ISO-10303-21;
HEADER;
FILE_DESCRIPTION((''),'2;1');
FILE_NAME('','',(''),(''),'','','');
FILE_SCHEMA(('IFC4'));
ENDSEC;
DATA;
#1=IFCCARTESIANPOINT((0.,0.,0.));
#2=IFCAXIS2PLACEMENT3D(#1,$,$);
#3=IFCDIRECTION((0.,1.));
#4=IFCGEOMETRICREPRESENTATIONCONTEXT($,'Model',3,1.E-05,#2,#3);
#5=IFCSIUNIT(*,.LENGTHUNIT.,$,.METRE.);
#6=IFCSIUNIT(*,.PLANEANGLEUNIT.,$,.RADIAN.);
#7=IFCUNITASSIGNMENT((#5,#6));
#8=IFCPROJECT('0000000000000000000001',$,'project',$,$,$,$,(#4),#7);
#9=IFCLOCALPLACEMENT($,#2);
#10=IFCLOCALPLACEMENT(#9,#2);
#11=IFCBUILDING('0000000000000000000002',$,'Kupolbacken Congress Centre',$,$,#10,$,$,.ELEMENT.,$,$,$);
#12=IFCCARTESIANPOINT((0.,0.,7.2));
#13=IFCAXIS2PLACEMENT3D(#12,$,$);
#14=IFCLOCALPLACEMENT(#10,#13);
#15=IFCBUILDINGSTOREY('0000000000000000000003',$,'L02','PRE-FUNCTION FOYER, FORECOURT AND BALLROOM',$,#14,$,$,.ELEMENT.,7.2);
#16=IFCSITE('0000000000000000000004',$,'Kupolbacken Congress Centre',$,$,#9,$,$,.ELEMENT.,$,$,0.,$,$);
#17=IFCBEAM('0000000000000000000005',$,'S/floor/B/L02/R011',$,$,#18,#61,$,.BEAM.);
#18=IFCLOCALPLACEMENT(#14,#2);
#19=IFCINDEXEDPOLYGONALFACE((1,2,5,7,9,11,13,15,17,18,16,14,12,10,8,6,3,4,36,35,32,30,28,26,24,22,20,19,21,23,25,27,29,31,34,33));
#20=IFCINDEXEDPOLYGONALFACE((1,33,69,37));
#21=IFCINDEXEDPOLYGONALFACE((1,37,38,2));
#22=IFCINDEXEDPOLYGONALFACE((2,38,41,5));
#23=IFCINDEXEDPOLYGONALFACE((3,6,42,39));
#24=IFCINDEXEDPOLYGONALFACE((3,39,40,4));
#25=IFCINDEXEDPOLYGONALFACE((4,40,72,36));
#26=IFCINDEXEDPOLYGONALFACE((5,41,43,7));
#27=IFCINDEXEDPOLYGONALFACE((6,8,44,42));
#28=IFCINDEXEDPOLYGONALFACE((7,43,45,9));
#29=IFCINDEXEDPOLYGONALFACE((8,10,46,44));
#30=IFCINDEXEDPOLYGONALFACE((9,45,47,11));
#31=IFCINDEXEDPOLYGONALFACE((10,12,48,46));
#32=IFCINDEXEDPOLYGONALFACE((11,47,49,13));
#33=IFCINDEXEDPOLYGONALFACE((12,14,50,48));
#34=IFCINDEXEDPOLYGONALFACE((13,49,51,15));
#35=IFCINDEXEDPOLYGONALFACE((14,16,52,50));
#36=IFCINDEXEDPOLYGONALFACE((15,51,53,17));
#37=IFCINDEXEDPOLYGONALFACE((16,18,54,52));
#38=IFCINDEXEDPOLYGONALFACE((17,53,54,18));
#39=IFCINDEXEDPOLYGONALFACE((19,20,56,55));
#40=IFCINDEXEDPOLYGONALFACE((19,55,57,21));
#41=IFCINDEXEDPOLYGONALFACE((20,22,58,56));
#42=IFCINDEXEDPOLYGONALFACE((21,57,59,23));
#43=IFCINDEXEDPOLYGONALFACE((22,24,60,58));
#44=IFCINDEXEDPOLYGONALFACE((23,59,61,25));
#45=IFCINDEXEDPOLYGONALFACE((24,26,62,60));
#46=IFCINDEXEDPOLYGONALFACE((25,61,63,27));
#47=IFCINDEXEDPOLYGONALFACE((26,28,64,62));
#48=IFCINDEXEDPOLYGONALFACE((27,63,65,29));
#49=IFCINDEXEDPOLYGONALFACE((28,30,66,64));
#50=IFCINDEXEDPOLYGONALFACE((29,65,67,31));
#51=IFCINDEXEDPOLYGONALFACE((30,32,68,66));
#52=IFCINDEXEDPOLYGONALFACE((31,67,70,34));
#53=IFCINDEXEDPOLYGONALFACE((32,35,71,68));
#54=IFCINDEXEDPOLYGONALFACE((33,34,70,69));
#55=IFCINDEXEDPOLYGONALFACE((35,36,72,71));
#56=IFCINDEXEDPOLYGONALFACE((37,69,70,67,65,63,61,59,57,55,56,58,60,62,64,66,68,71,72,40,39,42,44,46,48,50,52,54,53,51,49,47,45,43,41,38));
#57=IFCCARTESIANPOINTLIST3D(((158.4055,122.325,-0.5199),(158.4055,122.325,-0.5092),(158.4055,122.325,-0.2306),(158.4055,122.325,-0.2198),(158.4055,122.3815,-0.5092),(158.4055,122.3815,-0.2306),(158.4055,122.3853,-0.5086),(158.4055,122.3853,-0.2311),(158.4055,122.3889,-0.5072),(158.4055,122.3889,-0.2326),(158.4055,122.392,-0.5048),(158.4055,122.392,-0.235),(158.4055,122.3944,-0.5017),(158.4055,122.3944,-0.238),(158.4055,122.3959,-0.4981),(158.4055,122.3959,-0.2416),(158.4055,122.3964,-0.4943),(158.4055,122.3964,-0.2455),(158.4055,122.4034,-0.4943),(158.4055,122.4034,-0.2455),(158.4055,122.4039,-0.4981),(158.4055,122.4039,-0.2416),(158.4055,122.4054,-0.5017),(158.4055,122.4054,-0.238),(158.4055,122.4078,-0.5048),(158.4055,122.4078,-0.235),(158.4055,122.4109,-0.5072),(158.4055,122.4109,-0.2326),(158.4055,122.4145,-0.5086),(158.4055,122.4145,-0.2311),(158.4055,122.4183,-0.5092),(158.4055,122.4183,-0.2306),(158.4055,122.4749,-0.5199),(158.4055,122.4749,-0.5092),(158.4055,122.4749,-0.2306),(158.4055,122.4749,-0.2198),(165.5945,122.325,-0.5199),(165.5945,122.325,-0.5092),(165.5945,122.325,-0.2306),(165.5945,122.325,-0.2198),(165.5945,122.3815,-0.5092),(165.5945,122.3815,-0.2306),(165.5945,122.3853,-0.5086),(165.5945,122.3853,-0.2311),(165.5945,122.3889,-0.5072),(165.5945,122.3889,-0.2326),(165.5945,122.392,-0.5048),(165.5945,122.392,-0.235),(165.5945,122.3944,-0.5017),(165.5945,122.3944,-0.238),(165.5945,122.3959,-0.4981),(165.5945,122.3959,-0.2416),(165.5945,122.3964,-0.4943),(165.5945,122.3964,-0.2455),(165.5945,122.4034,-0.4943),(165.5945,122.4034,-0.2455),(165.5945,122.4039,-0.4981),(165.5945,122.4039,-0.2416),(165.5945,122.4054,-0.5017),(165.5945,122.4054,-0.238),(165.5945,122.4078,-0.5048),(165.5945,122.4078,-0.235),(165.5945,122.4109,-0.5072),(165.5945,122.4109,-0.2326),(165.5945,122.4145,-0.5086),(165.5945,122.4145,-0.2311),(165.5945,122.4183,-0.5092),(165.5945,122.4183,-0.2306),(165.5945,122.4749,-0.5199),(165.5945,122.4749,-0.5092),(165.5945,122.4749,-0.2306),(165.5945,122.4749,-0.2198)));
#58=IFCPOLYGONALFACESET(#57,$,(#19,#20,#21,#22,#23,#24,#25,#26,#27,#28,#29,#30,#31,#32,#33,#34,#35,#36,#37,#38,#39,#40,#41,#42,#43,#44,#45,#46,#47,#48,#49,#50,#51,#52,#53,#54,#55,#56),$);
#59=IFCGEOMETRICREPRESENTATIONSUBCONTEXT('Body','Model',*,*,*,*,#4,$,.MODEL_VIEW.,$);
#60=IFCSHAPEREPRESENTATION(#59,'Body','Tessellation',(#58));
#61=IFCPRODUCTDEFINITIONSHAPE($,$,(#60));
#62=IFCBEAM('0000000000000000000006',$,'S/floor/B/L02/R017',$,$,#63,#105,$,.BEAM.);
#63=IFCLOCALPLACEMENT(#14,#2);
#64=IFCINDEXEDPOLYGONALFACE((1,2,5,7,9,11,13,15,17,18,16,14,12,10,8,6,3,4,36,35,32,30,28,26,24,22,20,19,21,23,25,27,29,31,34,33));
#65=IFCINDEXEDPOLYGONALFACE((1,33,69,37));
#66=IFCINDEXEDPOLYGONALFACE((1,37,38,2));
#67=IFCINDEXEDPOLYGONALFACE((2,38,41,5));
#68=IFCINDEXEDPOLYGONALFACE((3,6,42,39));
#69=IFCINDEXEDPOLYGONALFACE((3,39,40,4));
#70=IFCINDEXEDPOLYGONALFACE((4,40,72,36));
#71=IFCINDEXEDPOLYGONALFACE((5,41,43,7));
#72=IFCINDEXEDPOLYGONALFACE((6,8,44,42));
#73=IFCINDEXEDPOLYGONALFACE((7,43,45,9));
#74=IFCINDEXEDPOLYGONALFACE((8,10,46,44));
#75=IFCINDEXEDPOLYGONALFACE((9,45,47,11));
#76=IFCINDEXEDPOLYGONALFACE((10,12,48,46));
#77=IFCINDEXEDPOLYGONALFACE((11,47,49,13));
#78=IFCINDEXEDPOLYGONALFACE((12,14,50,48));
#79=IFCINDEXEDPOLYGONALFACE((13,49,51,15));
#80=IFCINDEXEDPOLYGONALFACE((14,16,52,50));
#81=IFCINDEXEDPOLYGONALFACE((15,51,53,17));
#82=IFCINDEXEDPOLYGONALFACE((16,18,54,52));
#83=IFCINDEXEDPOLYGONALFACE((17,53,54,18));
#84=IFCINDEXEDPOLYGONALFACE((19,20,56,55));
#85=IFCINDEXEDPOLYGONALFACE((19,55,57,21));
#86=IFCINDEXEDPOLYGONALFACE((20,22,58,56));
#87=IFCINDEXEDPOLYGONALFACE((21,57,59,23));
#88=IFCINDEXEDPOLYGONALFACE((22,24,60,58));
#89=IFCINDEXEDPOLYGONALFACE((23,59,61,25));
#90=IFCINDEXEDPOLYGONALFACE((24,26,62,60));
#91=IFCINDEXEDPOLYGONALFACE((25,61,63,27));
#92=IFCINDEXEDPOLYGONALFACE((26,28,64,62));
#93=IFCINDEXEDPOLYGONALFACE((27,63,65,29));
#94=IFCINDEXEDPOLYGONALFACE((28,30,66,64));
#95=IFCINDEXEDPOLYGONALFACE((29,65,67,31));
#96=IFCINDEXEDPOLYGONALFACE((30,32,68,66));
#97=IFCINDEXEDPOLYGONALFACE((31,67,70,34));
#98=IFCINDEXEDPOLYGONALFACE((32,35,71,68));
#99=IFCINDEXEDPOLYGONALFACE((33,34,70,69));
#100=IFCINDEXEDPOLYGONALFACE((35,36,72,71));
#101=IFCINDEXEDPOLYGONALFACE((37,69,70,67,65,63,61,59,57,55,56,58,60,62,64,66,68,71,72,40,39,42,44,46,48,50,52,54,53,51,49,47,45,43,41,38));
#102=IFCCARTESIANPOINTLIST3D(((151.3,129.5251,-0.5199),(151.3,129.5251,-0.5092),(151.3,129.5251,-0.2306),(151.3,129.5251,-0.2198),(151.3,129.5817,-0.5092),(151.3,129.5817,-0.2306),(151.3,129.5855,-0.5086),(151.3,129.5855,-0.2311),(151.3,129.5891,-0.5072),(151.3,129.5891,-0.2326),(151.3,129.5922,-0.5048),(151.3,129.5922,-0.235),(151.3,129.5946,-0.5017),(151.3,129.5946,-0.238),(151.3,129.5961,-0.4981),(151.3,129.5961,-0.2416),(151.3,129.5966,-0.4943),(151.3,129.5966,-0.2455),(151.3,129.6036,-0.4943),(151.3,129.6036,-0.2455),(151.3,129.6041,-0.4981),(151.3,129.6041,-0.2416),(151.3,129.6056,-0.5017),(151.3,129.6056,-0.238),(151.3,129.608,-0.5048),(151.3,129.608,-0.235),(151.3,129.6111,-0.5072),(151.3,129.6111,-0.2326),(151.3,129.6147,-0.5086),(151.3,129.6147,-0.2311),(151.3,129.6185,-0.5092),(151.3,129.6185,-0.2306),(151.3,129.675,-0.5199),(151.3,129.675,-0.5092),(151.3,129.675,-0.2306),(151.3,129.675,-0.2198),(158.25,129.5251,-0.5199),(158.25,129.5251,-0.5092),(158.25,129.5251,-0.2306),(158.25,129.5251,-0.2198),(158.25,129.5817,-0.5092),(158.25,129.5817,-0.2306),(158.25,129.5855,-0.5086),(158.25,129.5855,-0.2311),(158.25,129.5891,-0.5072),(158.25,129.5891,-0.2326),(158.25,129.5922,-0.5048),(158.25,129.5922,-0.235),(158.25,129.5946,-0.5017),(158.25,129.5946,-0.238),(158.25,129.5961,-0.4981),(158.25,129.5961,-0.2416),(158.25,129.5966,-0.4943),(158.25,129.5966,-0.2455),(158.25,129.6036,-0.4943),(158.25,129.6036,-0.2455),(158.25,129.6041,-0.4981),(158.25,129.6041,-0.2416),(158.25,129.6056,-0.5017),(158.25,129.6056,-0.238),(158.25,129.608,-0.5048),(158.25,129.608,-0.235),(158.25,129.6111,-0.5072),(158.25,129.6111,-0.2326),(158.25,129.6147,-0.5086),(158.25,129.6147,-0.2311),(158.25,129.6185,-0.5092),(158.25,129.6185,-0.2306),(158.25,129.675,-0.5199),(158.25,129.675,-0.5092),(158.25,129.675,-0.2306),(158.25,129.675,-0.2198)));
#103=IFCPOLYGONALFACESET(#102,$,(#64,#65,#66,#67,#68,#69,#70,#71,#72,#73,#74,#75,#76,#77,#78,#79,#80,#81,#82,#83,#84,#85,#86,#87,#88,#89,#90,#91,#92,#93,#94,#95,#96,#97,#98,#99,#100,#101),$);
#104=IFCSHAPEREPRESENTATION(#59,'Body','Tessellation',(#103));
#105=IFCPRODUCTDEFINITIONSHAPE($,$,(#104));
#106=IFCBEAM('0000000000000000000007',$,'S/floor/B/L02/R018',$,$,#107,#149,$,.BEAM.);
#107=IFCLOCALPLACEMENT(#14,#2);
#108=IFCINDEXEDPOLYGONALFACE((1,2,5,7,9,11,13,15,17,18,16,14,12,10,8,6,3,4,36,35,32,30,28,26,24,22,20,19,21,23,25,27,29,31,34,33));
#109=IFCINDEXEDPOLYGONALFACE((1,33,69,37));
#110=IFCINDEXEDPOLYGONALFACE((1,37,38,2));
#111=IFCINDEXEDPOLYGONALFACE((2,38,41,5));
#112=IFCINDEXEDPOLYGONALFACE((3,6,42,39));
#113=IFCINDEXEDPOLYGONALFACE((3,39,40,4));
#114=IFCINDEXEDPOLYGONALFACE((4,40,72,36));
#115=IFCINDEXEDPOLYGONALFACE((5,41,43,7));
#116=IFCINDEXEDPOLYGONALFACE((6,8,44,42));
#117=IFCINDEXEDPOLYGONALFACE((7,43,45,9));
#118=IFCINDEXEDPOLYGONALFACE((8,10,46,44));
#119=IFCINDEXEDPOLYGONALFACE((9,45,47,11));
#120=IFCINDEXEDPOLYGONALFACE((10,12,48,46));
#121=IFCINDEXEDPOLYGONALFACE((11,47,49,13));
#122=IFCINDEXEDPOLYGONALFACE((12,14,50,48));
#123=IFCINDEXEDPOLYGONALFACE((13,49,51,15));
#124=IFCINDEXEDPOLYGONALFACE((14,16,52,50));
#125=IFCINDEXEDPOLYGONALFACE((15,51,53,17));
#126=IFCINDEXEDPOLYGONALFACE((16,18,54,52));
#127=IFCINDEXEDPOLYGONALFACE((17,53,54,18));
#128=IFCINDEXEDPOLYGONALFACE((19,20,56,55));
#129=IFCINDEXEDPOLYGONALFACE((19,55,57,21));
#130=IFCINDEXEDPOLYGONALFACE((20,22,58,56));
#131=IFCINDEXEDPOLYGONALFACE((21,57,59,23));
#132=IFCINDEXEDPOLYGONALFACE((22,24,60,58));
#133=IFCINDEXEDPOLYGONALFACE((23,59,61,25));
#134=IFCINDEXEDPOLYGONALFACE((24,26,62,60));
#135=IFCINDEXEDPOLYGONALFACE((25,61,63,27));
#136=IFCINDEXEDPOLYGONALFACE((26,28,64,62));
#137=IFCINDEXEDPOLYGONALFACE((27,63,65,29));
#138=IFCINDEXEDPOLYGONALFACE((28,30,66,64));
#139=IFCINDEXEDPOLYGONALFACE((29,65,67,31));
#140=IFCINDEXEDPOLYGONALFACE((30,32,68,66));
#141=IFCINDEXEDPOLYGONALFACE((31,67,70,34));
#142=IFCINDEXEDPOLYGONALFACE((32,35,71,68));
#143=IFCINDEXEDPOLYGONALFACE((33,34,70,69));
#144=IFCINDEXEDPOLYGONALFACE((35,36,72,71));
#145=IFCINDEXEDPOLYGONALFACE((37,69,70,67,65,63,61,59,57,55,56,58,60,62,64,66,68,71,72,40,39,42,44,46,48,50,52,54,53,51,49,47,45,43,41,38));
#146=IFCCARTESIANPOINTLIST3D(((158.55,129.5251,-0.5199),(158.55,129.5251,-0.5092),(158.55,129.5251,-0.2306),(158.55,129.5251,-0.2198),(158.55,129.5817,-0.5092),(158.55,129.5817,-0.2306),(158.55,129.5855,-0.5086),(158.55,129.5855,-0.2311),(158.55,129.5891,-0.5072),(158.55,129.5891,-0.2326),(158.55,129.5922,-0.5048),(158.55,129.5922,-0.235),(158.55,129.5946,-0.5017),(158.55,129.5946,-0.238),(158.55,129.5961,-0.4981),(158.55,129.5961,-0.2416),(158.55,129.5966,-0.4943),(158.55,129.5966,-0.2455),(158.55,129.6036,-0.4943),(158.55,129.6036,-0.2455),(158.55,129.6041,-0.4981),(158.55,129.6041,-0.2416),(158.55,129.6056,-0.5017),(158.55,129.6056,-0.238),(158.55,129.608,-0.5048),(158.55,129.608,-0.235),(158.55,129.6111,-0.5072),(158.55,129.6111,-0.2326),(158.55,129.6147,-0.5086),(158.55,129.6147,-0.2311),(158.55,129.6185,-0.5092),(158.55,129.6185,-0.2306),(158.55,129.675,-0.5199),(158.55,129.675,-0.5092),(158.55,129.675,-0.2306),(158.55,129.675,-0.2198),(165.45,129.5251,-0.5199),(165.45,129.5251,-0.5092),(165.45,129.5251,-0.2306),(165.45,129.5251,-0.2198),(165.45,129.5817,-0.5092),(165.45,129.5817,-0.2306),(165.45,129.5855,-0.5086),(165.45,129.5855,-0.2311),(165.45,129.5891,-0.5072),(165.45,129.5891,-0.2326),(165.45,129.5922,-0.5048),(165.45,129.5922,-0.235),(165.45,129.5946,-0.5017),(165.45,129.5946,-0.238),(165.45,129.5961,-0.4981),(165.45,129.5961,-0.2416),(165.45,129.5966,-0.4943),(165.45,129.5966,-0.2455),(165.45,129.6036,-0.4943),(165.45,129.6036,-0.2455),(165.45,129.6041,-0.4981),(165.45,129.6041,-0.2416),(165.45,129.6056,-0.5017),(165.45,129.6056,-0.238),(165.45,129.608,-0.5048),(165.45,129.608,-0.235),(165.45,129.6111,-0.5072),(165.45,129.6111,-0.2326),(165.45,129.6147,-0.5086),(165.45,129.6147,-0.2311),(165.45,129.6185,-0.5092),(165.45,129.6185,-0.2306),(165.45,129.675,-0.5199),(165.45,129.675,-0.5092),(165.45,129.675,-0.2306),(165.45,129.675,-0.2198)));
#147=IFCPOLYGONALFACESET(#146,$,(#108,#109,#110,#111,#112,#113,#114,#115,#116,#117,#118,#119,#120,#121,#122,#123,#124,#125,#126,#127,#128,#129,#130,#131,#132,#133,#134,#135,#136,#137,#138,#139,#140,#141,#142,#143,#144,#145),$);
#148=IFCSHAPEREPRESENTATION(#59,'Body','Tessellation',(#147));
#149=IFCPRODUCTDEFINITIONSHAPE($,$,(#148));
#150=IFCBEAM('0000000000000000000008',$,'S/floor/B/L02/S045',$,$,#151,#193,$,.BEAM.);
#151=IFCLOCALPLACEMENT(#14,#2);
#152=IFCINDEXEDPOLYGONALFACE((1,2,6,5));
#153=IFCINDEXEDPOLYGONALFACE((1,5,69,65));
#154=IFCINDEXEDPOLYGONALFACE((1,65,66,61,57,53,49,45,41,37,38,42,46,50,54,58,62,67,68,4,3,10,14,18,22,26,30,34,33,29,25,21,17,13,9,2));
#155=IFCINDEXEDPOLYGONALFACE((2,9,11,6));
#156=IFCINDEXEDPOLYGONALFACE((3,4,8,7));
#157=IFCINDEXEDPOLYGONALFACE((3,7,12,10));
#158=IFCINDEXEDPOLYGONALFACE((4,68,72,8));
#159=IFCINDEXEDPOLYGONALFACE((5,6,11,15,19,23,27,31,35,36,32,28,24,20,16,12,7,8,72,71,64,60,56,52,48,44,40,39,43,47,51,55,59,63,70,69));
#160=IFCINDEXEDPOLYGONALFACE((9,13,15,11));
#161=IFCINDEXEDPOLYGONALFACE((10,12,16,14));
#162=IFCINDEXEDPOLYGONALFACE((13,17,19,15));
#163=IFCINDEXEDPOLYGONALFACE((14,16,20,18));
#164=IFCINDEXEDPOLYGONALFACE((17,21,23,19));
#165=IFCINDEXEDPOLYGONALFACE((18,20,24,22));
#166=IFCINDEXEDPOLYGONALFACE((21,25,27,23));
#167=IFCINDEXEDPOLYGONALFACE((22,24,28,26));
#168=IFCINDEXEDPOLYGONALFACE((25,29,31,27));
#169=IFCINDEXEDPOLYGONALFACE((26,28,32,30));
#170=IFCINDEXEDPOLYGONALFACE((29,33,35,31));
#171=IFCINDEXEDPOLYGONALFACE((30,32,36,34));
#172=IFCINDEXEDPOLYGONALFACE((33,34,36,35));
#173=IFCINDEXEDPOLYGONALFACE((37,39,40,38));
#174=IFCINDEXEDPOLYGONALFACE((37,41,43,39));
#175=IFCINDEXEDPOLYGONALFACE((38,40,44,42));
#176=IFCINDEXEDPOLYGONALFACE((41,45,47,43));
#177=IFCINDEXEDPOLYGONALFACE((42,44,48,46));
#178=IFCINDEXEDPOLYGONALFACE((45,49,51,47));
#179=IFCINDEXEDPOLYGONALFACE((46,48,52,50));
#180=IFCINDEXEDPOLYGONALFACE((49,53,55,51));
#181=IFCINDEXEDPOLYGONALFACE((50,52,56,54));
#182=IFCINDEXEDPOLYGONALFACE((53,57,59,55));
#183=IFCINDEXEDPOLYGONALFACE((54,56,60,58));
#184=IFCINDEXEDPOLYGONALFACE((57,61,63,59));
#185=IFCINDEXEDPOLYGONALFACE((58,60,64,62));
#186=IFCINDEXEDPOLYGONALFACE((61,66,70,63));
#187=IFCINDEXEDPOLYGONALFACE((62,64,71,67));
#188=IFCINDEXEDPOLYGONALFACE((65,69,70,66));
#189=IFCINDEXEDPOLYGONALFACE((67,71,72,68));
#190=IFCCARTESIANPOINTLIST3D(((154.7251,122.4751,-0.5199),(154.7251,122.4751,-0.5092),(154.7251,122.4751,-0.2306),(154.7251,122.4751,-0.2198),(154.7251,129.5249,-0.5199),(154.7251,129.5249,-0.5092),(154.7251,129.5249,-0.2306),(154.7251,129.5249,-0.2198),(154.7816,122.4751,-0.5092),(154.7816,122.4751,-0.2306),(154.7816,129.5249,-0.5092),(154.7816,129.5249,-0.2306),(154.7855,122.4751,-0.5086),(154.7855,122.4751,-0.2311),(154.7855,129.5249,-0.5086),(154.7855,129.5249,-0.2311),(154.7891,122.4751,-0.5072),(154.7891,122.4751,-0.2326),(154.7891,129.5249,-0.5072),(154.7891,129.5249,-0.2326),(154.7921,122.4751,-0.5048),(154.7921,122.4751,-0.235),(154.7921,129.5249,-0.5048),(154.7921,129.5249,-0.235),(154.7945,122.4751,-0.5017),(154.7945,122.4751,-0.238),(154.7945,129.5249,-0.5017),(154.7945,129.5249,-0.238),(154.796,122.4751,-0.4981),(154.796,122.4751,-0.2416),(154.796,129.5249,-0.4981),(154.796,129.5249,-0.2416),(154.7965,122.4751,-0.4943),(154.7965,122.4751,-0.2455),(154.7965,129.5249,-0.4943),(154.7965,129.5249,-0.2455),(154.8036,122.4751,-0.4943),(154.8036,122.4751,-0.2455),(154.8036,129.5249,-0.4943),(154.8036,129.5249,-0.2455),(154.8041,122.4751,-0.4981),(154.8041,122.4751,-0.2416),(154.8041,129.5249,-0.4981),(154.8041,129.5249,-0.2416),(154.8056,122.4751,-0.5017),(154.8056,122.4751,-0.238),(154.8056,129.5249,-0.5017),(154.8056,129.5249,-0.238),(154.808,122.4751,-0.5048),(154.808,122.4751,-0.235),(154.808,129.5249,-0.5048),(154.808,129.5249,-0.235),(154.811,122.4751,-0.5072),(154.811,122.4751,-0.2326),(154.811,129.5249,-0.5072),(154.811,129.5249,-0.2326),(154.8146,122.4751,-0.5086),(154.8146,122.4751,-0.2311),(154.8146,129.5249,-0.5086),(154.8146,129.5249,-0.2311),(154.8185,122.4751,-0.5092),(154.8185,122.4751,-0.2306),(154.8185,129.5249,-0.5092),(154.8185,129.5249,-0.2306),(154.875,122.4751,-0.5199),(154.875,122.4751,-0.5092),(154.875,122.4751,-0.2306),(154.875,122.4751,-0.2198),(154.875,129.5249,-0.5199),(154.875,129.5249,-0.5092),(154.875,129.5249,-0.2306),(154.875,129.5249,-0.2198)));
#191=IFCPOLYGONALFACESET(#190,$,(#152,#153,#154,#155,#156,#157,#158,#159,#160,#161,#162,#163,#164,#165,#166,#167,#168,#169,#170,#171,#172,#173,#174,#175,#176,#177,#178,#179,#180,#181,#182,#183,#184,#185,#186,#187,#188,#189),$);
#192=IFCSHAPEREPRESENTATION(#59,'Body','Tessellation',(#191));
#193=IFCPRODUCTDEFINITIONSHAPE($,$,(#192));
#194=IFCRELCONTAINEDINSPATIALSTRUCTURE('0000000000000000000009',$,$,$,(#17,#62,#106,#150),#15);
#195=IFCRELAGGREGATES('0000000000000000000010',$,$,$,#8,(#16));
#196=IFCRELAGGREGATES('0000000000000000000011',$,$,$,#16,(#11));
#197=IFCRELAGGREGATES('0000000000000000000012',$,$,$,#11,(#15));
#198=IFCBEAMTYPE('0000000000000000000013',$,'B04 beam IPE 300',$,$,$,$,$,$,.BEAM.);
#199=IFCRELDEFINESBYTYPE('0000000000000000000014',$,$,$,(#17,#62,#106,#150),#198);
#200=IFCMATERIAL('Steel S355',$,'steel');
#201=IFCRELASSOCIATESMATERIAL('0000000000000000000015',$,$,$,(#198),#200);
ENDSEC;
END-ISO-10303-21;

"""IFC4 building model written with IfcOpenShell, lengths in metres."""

from ifc_helpers import new_model, si_unit, direction, frame, origin, origin_2d, place, context, subcontext, project, spatial, i_section, extrude, material, material_profile, profile_set, type_object, element, save


model = new_model("IFC4")

# Units and contexts
model_context = context("Model", 3, precision=1e-05, world=origin(), true_north=direction((0.0, 1.0)))
body_context = subcontext(model_context, "Body", "Model", "MODEL_VIEW")
ifc_project = project(units=[si_unit("LENGTHUNIT", "METRE"), si_unit("PLANEANGLEUNIT", "RADIAN")], contexts=[model_context])

# Site, building, storey
site_placement = place(None, origin())
site = spatial("IfcSite", under=ifc_project, at=site_placement, Name="Kupolbacken Congress Centre", CompositionType="ELEMENT", RefElevation=0.0)
building_placement = place(site_placement, origin())
building = spatial("IfcBuilding", under=site, at=building_placement, Name="Kupolbacken Congress Centre", CompositionType="ELEMENT")
storey_placement = place(building_placement, frame((0.0, 0.0, 7.2)))
storey = spatial("IfcBuildingStorey", under=building, at=storey_placement, Name="L02", Description="PRE-FUNCTION FOYER, FORECOURT AND BALLROOM", CompositionType="ELEMENT", Elevation=7.2)

# Beams
ifc_material_1 = material(Name="Steel S355", Category="steel")
ifc_material_profile_1 = material_profile(ifc_material_1, i_section(OverallWidth=0.1499, OverallDepth=0.3, WebThickness=0.0071, FlangeThickness=0.0107, FilletRadius=0.0149, at=origin_2d()), Name="IPE 300")
ifc_profile_set_1 = profile_set([ifc_material_profile_1], Name="Steel S355")
beam_type_1 = type_object("IfcBeamType", Name="B04 beam IPE 300", PredefinedType="BEAM", material=ifc_profile_set_1)
for number, where, z_axis, x_axis, name in (
    (1, (158.4055, 122.3999, -0.3699), (1.0, 0.0, 0.0), (0.0, 1.0, 0.0), "S/floor/B/L02/R011"),
):
    element("IfcBeam", number, at=place(storey_placement, frame(where, z_axis=z_axis, x_axis=x_axis)), inside=storey, type_object=beam_type_1, Name=name, PredefinedType="BEAM", context=body_context, shape_type="SweptSolid", body=[
        extrude(i_section(OverallWidth=0.1499, OverallDepth=0.3, WebThickness=0.0071, FlangeThickness=0.0107, FilletRadius=0.0149, at=origin_2d()), origin(), (0.0, 0.0, 1.0), 7.189),
    ])
beam_1_placement = place(storey_placement, frame((151.3, 129.6001, -0.3699), z_axis=(1.0, 0.0, 0.0), x_axis=(0.0, 1.0, 0.0)))
element("IfcBeam", 2, at=beam_1_placement, inside=storey, type_object=beam_type_1, Name="S/floor/B/L02/R017", PredefinedType="BEAM", context=body_context, shape_type="SweptSolid", body=[
    extrude(i_section(OverallWidth=0.1499, OverallDepth=0.3, WebThickness=0.0071, FlangeThickness=0.0107, FilletRadius=0.0149, at=origin_2d()), origin(), (0.0, 0.0, 1.0), 6.95),
])
beam_2_placement = place(storey_placement, frame((158.55, 129.6001, -0.3699), z_axis=(1.0, 0.0, 0.0), x_axis=(0.0, 1.0, 0.0)))
element("IfcBeam", 3, at=beam_2_placement, inside=storey, type_object=beam_type_1, Name="S/floor/B/L02/R018", PredefinedType="BEAM", context=body_context, shape_type="SweptSolid", body=[
    extrude(i_section(OverallWidth=0.1499, OverallDepth=0.3, WebThickness=0.0071, FlangeThickness=0.0107, FilletRadius=0.0149, at=origin_2d()), origin(), (0.0, 0.0, 1.0), 6.8999),
])
beam_3_placement = place(storey_placement, frame((154.8, 122.4751, -0.3699), z_axis=(0.0, 1.0, 0.0), x_axis=(-1.0, 0.0, 0.0)))
element("IfcBeam", 4, at=beam_3_placement, inside=storey, type_object=beam_type_1, Name="S/floor/B/L02/S045", PredefinedType="BEAM", context=body_context, shape_type="SweptSolid", body=[
    extrude(i_section(OverallWidth=0.1499, OverallDepth=0.3, WebThickness=0.0071, FlangeThickness=0.0107, FilletRadius=0.0149, at=origin_2d()), origin(), (0.0, 0.0, 1.0), 7.0498),
])

save(model, "model.ifc")
